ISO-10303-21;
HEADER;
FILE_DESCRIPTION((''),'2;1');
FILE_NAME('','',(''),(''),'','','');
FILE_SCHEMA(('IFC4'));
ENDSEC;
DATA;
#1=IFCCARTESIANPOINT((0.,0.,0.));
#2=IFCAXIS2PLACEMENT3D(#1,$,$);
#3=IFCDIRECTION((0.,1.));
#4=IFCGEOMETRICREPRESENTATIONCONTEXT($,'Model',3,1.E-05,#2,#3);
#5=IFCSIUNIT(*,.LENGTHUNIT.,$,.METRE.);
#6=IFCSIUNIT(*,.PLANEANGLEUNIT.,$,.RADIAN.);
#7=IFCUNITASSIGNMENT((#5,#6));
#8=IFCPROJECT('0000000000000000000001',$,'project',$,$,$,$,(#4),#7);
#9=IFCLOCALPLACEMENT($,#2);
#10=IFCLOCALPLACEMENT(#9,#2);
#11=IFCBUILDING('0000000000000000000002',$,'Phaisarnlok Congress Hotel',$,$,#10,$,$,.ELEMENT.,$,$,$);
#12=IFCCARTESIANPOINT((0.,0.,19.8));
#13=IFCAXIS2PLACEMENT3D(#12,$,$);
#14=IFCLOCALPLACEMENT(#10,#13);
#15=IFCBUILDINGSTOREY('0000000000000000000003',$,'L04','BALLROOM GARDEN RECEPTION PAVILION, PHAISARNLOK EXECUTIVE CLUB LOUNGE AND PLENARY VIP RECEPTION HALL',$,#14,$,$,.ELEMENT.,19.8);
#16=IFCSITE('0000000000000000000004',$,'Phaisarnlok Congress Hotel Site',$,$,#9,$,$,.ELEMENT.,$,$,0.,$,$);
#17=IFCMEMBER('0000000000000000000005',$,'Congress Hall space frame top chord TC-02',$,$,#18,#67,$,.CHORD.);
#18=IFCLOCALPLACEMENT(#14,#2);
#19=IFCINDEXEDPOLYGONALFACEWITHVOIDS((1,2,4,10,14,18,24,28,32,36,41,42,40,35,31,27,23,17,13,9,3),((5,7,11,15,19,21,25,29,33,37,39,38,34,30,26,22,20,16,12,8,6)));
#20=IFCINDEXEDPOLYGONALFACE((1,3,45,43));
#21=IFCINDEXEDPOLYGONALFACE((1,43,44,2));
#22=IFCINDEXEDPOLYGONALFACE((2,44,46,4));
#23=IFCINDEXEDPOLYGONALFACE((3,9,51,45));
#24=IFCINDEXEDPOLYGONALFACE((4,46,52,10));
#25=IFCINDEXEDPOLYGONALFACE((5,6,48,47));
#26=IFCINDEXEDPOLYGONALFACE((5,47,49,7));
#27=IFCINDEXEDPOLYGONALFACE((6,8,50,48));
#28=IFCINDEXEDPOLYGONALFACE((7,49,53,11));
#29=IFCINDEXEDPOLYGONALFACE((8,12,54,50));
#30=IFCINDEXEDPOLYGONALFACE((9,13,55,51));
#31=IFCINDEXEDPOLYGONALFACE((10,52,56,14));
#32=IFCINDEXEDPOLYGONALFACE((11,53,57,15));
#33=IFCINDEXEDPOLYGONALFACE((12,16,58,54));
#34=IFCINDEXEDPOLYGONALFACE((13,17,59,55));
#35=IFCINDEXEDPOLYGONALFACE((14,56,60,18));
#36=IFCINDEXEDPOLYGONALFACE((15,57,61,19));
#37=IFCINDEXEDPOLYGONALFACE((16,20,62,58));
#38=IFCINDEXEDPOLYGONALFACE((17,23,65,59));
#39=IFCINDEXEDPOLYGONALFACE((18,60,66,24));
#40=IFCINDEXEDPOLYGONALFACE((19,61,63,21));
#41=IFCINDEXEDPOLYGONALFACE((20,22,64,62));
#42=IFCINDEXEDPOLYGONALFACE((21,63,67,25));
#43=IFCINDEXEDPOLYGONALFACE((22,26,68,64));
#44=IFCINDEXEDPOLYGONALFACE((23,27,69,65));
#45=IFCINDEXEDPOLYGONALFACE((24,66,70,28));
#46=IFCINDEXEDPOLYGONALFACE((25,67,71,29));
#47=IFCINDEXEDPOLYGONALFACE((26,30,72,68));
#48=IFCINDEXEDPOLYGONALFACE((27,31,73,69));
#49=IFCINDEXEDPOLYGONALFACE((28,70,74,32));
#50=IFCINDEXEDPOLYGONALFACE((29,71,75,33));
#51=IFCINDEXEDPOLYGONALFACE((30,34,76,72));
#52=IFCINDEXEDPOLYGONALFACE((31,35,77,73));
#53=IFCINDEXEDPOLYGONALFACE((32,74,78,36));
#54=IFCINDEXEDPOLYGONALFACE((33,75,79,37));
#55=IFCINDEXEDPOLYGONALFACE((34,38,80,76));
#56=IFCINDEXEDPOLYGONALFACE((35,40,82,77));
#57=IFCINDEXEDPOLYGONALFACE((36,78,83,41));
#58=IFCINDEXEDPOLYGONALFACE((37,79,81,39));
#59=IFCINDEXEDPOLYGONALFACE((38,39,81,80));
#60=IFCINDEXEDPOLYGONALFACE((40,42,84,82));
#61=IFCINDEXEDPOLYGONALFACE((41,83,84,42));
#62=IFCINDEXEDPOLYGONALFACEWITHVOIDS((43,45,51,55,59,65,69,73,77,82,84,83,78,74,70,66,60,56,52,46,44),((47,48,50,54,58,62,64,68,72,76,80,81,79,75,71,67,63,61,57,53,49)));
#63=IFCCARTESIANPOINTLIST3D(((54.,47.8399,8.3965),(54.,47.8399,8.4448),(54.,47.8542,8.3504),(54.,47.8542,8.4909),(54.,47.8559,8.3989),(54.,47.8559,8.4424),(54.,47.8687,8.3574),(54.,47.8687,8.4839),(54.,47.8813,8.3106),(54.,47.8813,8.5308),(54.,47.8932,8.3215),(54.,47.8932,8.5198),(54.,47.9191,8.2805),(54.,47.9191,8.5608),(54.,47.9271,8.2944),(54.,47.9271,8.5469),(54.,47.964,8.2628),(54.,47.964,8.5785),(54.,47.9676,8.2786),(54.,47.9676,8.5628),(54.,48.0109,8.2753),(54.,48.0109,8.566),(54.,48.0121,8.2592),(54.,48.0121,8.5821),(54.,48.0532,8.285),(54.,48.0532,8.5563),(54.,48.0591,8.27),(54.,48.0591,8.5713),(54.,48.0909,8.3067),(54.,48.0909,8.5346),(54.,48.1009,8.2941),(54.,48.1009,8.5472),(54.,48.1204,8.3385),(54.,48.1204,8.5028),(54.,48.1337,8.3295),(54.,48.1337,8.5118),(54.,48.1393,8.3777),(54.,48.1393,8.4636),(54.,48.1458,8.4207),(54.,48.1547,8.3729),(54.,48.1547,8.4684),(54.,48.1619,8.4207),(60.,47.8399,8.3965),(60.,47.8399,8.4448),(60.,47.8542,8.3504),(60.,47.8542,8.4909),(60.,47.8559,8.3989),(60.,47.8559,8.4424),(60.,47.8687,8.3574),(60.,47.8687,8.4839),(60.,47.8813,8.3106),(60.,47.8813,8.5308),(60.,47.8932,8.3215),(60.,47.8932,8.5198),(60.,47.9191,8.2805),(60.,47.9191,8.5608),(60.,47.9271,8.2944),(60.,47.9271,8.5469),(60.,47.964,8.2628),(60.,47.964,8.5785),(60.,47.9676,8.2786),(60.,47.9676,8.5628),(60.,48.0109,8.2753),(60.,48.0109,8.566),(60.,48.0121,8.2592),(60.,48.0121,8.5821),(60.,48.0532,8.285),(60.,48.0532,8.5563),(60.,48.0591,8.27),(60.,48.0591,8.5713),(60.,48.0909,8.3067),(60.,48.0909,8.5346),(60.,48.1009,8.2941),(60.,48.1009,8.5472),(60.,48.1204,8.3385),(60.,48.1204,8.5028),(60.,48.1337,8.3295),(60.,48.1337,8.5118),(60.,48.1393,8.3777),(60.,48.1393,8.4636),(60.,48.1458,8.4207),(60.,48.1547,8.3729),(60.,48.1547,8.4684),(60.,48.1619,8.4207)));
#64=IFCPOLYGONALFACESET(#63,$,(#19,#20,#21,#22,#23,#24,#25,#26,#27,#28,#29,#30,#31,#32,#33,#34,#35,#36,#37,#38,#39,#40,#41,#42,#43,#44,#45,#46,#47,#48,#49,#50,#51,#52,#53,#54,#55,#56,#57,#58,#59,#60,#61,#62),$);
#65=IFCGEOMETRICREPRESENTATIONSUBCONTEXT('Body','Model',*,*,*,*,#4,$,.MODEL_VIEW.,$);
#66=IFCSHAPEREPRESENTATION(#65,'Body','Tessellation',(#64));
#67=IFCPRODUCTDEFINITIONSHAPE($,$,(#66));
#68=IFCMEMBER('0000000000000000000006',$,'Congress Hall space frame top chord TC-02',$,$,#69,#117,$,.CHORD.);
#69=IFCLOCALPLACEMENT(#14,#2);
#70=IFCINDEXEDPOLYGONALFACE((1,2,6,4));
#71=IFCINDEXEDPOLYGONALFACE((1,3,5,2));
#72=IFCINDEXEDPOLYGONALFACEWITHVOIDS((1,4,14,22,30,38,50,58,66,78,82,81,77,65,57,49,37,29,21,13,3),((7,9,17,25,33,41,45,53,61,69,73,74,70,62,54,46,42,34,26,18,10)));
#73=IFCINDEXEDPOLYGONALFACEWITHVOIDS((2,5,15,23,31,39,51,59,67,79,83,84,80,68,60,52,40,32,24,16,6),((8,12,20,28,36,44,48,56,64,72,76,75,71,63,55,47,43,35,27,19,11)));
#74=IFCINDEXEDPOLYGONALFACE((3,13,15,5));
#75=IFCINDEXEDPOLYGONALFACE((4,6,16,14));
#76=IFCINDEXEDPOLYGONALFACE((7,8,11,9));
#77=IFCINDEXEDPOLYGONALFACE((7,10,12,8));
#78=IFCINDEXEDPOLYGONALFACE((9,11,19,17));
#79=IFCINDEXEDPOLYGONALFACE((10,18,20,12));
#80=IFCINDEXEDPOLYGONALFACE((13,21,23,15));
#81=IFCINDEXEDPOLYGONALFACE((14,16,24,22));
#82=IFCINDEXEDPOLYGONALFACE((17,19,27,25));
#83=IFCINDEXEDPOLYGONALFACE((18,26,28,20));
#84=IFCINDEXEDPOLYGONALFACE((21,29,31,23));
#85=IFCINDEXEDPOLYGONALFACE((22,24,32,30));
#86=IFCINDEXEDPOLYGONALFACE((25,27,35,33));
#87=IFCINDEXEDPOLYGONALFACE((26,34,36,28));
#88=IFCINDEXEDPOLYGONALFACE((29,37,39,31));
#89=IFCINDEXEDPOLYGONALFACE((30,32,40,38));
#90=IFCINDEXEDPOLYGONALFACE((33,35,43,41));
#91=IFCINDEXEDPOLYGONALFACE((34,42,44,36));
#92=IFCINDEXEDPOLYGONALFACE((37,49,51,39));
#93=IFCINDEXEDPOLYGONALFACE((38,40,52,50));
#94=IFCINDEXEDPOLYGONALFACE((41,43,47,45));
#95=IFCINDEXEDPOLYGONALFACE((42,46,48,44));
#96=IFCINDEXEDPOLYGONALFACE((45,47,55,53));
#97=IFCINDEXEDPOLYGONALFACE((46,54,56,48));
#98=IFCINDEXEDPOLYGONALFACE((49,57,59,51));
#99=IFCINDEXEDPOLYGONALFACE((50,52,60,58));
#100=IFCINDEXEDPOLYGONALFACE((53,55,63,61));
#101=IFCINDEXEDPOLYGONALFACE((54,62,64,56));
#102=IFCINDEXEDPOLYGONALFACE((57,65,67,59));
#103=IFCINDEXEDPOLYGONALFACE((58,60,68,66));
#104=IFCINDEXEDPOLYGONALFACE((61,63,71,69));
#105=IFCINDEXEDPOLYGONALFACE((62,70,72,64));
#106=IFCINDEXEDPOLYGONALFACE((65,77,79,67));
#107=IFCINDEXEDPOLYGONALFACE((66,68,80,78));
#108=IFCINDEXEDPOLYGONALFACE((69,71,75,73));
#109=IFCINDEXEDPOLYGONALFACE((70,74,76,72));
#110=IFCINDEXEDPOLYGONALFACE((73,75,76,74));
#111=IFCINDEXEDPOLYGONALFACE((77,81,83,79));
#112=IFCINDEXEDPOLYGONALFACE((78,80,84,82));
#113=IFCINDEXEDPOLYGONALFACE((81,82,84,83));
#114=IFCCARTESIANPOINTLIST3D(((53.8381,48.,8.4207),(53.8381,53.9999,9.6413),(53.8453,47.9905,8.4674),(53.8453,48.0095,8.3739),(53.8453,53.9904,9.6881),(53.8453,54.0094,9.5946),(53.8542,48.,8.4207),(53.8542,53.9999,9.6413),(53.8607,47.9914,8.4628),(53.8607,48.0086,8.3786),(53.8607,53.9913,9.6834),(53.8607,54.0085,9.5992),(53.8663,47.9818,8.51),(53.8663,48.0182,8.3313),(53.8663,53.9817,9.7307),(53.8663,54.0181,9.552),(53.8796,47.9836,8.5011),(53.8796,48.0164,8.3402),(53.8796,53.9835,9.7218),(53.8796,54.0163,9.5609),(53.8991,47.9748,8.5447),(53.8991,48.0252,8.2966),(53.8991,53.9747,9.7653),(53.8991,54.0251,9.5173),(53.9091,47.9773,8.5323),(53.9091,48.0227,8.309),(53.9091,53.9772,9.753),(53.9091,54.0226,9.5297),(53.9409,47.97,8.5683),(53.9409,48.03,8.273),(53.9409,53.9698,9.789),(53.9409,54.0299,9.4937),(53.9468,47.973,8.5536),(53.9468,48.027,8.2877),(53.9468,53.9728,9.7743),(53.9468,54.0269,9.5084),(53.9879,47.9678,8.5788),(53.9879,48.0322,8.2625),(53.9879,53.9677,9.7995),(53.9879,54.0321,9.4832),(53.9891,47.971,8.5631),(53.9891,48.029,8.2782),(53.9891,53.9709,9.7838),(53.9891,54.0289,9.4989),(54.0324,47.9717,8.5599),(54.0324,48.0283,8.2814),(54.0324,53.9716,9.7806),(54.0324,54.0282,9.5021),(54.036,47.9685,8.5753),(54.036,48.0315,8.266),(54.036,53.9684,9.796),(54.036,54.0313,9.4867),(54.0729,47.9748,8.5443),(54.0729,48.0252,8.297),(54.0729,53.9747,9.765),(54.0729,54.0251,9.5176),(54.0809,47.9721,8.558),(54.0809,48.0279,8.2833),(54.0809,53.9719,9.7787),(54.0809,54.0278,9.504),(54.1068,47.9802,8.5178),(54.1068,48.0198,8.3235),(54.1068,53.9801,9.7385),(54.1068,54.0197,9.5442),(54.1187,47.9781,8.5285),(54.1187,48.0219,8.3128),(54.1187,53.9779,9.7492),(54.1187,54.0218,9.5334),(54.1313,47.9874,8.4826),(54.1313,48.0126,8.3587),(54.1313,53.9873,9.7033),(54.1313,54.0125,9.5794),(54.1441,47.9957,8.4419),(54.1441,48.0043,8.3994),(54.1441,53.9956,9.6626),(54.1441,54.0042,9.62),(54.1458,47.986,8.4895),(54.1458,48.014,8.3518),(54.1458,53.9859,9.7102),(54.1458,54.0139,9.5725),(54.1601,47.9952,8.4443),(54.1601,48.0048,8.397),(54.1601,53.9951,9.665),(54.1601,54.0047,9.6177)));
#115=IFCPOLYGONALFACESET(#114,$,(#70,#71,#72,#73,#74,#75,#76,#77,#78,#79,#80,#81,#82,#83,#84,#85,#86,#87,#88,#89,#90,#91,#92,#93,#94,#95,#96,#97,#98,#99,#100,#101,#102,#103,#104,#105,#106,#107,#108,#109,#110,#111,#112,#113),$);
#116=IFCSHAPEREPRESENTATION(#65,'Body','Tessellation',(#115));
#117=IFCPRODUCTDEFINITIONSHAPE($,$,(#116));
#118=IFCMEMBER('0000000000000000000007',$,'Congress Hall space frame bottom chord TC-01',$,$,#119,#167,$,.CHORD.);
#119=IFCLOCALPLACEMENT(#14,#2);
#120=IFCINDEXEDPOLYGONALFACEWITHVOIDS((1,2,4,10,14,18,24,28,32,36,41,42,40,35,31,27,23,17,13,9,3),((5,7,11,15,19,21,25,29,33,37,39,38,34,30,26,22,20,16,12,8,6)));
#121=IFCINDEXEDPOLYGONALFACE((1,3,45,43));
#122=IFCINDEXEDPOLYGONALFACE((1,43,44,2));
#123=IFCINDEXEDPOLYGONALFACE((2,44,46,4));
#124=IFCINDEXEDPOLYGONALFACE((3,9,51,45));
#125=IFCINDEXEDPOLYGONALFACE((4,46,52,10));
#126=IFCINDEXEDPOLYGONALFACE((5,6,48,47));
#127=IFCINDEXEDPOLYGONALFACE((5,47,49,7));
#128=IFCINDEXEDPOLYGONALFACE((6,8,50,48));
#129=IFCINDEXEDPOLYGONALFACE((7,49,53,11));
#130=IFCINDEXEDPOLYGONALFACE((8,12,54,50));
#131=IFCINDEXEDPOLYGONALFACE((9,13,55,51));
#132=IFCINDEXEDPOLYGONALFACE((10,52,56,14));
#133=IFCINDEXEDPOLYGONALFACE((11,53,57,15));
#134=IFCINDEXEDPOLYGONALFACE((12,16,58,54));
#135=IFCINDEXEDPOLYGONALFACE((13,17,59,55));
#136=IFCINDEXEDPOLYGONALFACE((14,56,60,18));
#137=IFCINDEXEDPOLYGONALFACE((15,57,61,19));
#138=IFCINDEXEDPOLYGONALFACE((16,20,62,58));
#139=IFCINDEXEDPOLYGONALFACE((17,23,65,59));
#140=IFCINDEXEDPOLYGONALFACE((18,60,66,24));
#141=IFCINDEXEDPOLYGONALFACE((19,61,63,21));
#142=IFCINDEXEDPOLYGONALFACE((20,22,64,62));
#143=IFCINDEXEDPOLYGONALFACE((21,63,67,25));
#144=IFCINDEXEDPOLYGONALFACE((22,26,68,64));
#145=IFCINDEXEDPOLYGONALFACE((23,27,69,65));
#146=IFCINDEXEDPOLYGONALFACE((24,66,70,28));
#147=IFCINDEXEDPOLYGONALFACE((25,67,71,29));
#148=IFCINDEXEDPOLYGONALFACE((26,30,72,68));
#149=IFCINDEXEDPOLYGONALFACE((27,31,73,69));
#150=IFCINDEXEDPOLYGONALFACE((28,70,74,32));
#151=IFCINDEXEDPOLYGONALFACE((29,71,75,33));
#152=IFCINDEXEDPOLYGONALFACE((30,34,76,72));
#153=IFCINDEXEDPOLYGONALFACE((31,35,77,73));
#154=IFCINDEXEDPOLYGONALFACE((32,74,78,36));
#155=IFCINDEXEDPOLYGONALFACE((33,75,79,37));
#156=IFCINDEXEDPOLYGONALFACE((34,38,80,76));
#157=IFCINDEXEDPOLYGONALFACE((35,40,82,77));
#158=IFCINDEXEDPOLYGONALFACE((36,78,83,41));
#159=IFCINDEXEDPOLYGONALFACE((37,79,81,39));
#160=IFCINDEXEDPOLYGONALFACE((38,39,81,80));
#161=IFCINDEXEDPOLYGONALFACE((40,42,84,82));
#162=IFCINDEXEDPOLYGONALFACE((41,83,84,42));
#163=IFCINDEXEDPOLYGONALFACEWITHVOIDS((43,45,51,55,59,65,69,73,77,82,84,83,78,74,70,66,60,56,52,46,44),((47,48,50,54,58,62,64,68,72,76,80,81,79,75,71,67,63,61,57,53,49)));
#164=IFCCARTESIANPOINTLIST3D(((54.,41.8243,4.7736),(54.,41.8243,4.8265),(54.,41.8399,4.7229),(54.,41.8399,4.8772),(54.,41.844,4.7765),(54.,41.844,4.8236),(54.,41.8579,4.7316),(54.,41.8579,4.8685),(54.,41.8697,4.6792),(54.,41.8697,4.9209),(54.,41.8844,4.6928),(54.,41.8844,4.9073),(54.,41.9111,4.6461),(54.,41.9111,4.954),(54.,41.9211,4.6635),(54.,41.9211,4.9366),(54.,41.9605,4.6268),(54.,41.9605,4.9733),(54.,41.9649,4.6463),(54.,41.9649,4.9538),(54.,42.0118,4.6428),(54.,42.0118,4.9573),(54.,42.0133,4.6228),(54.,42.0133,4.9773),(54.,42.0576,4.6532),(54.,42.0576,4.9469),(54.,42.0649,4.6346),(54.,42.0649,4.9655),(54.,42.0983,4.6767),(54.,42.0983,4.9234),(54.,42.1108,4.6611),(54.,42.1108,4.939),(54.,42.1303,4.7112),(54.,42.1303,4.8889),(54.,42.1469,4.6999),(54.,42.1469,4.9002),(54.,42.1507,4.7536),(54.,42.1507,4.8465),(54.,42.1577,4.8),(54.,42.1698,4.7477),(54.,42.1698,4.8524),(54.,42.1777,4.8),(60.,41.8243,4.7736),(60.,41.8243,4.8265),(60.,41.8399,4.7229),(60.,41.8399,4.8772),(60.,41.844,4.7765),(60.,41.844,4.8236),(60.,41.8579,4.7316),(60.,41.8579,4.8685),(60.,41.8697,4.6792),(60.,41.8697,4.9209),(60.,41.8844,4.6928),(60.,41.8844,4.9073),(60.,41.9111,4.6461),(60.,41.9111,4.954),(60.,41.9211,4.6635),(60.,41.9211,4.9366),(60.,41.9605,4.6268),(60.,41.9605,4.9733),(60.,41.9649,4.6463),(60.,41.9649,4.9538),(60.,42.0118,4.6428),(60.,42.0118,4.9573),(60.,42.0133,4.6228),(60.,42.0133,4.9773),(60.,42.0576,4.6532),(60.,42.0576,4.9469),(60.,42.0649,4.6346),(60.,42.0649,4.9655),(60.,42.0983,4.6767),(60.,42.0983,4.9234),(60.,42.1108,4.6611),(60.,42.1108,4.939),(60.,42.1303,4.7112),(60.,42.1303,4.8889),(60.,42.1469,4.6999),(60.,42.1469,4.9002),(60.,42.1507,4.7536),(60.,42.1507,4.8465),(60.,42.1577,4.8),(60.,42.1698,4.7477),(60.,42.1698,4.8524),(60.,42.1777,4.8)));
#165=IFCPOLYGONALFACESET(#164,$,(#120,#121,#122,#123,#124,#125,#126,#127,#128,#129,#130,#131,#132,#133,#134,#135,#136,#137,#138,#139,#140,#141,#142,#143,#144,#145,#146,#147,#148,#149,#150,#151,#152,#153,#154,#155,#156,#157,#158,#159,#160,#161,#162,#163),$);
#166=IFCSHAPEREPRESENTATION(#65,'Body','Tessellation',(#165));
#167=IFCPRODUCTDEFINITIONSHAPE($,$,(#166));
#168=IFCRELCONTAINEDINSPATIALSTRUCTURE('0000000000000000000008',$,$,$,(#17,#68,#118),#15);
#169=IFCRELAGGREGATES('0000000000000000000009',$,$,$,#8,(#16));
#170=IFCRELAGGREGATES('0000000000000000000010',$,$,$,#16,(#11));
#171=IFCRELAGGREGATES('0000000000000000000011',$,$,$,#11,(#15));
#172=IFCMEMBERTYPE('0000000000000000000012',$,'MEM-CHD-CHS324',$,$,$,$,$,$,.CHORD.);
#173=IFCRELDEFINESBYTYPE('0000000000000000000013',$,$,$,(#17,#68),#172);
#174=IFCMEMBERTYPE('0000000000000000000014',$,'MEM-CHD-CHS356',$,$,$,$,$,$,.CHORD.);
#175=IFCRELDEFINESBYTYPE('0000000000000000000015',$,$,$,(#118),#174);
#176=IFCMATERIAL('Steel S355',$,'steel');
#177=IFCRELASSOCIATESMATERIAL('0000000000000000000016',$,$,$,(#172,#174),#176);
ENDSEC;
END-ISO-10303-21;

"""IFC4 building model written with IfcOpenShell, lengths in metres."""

from ifc_helpers import new_model, si_unit, direction, frame, origin, origin_2d, place, context, subcontext, project, spatial, hollow_circle, extrude, material, material_profile, profile_set, type_object, element, save


model = new_model("IFC4")

# Units and contexts
model_context = context("Model", 3, precision=1e-05, world=origin(), true_north=direction((0.0, 1.0)))
body_context = subcontext(model_context, "Body", "Model", "MODEL_VIEW")
ifc_project = project(units=[si_unit("LENGTHUNIT", "METRE"), si_unit("PLANEANGLEUNIT", "RADIAN")], contexts=[model_context])

# Site, building, storey
site_placement = place(None, origin())
site = spatial("IfcSite", under=ifc_project, at=site_placement, Name="Phaisarnlok Congress Hotel Site", CompositionType="ELEMENT", RefElevation=0.0)
building_placement = place(site_placement, origin())
building = spatial("IfcBuilding", under=site, at=building_placement, Name="Phaisarnlok Congress Hotel", CompositionType="ELEMENT")
storey_placement = place(building_placement, frame((0.0, 0.0, 19.8)))
storey = spatial("IfcBuildingStorey", under=building, at=storey_placement, Name="L04", Description="BALLROOM GARDEN RECEPTION PAVILION, PHAISARNLOK EXECUTIVE CLUB LOUNGE AND PLENARY VIP RECEPTION HALL", CompositionType="ELEMENT", Elevation=19.8)

# Members
ifc_material_1 = material(Name="Steel S355", Category="steel")
ifc_material_profile_1 = material_profile(ifc_material_1, hollow_circle(Radius=0.1619, WallThickness=0.0161, at=origin_2d()), Name="CHS 323.9x16")
ifc_profile_set_1 = profile_set([ifc_material_profile_1], Name="Steel S355")
member_type_1 = type_object("IfcMemberType", Name="MEM-CHD-CHS324", PredefinedType="CHORD", material=ifc_profile_set_1)
member_1_placement = place(storey_placement, frame((54.0, 48.0, 8.4207), z_axis=(1.0, 0.0, 0.0), x_axis=(0.0, 1.0, 0.0)))
element("IfcMember", 1, at=member_1_placement, inside=storey, type_object=member_type_1, Name="Congress Hall space frame top chord TC-02", PredefinedType="CHORD", context=body_context, shape_type="SweptSolid", body=[
    extrude(hollow_circle(Radius=0.1619, WallThickness=0.0161, at=origin_2d()), origin(), (0.0, 0.0, 1.0), 6.0),
])
member_2_placement = place(storey_placement, frame((54.0, 48.0, 8.4207), z_axis=(0.0, 0.979925, 0.199366), x_axis=(-1.0, 0.0, 0.0)))
element("IfcMember", 2, at=member_2_placement, inside=storey, type_object=member_type_1, Name="Congress Hall space frame top chord TC-02", PredefinedType="CHORD", context=body_context, shape_type="SweptSolid", body=[
    extrude(hollow_circle(Radius=0.1619, WallThickness=0.0161, at=origin_2d()), origin(), (0.0, 0.0, 1.0), 6.1228),
])
ifc_material_profile_2 = material_profile(ifc_material_1, hollow_circle(Radius=0.1777, WallThickness=0.02, at=origin_2d()), Name="CHS 355.6x20")
ifc_profile_set_2 = profile_set([ifc_material_profile_2], Name="Steel S355")
member_type_2 = type_object("IfcMemberType", Name="MEM-CHD-CHS356", PredefinedType="CHORD", material=ifc_profile_set_2)
member_3_placement = place(storey_placement, frame((54.0, 42.0, 4.8), z_axis=(1.0, 0.0, 0.0), x_axis=(0.0, 1.0, 0.0)))
element("IfcMember", 3, at=member_3_placement, inside=storey, type_object=member_type_2, Name="Congress Hall space frame bottom chord TC-01", PredefinedType="CHORD", context=body_context, shape_type="SweptSolid", body=[
    extrude(hollow_circle(Radius=0.1777, WallThickness=0.02, at=origin_2d()), origin(), (0.0, 0.0, 1.0), 6.0),
])

save(model, "model.ifc")
